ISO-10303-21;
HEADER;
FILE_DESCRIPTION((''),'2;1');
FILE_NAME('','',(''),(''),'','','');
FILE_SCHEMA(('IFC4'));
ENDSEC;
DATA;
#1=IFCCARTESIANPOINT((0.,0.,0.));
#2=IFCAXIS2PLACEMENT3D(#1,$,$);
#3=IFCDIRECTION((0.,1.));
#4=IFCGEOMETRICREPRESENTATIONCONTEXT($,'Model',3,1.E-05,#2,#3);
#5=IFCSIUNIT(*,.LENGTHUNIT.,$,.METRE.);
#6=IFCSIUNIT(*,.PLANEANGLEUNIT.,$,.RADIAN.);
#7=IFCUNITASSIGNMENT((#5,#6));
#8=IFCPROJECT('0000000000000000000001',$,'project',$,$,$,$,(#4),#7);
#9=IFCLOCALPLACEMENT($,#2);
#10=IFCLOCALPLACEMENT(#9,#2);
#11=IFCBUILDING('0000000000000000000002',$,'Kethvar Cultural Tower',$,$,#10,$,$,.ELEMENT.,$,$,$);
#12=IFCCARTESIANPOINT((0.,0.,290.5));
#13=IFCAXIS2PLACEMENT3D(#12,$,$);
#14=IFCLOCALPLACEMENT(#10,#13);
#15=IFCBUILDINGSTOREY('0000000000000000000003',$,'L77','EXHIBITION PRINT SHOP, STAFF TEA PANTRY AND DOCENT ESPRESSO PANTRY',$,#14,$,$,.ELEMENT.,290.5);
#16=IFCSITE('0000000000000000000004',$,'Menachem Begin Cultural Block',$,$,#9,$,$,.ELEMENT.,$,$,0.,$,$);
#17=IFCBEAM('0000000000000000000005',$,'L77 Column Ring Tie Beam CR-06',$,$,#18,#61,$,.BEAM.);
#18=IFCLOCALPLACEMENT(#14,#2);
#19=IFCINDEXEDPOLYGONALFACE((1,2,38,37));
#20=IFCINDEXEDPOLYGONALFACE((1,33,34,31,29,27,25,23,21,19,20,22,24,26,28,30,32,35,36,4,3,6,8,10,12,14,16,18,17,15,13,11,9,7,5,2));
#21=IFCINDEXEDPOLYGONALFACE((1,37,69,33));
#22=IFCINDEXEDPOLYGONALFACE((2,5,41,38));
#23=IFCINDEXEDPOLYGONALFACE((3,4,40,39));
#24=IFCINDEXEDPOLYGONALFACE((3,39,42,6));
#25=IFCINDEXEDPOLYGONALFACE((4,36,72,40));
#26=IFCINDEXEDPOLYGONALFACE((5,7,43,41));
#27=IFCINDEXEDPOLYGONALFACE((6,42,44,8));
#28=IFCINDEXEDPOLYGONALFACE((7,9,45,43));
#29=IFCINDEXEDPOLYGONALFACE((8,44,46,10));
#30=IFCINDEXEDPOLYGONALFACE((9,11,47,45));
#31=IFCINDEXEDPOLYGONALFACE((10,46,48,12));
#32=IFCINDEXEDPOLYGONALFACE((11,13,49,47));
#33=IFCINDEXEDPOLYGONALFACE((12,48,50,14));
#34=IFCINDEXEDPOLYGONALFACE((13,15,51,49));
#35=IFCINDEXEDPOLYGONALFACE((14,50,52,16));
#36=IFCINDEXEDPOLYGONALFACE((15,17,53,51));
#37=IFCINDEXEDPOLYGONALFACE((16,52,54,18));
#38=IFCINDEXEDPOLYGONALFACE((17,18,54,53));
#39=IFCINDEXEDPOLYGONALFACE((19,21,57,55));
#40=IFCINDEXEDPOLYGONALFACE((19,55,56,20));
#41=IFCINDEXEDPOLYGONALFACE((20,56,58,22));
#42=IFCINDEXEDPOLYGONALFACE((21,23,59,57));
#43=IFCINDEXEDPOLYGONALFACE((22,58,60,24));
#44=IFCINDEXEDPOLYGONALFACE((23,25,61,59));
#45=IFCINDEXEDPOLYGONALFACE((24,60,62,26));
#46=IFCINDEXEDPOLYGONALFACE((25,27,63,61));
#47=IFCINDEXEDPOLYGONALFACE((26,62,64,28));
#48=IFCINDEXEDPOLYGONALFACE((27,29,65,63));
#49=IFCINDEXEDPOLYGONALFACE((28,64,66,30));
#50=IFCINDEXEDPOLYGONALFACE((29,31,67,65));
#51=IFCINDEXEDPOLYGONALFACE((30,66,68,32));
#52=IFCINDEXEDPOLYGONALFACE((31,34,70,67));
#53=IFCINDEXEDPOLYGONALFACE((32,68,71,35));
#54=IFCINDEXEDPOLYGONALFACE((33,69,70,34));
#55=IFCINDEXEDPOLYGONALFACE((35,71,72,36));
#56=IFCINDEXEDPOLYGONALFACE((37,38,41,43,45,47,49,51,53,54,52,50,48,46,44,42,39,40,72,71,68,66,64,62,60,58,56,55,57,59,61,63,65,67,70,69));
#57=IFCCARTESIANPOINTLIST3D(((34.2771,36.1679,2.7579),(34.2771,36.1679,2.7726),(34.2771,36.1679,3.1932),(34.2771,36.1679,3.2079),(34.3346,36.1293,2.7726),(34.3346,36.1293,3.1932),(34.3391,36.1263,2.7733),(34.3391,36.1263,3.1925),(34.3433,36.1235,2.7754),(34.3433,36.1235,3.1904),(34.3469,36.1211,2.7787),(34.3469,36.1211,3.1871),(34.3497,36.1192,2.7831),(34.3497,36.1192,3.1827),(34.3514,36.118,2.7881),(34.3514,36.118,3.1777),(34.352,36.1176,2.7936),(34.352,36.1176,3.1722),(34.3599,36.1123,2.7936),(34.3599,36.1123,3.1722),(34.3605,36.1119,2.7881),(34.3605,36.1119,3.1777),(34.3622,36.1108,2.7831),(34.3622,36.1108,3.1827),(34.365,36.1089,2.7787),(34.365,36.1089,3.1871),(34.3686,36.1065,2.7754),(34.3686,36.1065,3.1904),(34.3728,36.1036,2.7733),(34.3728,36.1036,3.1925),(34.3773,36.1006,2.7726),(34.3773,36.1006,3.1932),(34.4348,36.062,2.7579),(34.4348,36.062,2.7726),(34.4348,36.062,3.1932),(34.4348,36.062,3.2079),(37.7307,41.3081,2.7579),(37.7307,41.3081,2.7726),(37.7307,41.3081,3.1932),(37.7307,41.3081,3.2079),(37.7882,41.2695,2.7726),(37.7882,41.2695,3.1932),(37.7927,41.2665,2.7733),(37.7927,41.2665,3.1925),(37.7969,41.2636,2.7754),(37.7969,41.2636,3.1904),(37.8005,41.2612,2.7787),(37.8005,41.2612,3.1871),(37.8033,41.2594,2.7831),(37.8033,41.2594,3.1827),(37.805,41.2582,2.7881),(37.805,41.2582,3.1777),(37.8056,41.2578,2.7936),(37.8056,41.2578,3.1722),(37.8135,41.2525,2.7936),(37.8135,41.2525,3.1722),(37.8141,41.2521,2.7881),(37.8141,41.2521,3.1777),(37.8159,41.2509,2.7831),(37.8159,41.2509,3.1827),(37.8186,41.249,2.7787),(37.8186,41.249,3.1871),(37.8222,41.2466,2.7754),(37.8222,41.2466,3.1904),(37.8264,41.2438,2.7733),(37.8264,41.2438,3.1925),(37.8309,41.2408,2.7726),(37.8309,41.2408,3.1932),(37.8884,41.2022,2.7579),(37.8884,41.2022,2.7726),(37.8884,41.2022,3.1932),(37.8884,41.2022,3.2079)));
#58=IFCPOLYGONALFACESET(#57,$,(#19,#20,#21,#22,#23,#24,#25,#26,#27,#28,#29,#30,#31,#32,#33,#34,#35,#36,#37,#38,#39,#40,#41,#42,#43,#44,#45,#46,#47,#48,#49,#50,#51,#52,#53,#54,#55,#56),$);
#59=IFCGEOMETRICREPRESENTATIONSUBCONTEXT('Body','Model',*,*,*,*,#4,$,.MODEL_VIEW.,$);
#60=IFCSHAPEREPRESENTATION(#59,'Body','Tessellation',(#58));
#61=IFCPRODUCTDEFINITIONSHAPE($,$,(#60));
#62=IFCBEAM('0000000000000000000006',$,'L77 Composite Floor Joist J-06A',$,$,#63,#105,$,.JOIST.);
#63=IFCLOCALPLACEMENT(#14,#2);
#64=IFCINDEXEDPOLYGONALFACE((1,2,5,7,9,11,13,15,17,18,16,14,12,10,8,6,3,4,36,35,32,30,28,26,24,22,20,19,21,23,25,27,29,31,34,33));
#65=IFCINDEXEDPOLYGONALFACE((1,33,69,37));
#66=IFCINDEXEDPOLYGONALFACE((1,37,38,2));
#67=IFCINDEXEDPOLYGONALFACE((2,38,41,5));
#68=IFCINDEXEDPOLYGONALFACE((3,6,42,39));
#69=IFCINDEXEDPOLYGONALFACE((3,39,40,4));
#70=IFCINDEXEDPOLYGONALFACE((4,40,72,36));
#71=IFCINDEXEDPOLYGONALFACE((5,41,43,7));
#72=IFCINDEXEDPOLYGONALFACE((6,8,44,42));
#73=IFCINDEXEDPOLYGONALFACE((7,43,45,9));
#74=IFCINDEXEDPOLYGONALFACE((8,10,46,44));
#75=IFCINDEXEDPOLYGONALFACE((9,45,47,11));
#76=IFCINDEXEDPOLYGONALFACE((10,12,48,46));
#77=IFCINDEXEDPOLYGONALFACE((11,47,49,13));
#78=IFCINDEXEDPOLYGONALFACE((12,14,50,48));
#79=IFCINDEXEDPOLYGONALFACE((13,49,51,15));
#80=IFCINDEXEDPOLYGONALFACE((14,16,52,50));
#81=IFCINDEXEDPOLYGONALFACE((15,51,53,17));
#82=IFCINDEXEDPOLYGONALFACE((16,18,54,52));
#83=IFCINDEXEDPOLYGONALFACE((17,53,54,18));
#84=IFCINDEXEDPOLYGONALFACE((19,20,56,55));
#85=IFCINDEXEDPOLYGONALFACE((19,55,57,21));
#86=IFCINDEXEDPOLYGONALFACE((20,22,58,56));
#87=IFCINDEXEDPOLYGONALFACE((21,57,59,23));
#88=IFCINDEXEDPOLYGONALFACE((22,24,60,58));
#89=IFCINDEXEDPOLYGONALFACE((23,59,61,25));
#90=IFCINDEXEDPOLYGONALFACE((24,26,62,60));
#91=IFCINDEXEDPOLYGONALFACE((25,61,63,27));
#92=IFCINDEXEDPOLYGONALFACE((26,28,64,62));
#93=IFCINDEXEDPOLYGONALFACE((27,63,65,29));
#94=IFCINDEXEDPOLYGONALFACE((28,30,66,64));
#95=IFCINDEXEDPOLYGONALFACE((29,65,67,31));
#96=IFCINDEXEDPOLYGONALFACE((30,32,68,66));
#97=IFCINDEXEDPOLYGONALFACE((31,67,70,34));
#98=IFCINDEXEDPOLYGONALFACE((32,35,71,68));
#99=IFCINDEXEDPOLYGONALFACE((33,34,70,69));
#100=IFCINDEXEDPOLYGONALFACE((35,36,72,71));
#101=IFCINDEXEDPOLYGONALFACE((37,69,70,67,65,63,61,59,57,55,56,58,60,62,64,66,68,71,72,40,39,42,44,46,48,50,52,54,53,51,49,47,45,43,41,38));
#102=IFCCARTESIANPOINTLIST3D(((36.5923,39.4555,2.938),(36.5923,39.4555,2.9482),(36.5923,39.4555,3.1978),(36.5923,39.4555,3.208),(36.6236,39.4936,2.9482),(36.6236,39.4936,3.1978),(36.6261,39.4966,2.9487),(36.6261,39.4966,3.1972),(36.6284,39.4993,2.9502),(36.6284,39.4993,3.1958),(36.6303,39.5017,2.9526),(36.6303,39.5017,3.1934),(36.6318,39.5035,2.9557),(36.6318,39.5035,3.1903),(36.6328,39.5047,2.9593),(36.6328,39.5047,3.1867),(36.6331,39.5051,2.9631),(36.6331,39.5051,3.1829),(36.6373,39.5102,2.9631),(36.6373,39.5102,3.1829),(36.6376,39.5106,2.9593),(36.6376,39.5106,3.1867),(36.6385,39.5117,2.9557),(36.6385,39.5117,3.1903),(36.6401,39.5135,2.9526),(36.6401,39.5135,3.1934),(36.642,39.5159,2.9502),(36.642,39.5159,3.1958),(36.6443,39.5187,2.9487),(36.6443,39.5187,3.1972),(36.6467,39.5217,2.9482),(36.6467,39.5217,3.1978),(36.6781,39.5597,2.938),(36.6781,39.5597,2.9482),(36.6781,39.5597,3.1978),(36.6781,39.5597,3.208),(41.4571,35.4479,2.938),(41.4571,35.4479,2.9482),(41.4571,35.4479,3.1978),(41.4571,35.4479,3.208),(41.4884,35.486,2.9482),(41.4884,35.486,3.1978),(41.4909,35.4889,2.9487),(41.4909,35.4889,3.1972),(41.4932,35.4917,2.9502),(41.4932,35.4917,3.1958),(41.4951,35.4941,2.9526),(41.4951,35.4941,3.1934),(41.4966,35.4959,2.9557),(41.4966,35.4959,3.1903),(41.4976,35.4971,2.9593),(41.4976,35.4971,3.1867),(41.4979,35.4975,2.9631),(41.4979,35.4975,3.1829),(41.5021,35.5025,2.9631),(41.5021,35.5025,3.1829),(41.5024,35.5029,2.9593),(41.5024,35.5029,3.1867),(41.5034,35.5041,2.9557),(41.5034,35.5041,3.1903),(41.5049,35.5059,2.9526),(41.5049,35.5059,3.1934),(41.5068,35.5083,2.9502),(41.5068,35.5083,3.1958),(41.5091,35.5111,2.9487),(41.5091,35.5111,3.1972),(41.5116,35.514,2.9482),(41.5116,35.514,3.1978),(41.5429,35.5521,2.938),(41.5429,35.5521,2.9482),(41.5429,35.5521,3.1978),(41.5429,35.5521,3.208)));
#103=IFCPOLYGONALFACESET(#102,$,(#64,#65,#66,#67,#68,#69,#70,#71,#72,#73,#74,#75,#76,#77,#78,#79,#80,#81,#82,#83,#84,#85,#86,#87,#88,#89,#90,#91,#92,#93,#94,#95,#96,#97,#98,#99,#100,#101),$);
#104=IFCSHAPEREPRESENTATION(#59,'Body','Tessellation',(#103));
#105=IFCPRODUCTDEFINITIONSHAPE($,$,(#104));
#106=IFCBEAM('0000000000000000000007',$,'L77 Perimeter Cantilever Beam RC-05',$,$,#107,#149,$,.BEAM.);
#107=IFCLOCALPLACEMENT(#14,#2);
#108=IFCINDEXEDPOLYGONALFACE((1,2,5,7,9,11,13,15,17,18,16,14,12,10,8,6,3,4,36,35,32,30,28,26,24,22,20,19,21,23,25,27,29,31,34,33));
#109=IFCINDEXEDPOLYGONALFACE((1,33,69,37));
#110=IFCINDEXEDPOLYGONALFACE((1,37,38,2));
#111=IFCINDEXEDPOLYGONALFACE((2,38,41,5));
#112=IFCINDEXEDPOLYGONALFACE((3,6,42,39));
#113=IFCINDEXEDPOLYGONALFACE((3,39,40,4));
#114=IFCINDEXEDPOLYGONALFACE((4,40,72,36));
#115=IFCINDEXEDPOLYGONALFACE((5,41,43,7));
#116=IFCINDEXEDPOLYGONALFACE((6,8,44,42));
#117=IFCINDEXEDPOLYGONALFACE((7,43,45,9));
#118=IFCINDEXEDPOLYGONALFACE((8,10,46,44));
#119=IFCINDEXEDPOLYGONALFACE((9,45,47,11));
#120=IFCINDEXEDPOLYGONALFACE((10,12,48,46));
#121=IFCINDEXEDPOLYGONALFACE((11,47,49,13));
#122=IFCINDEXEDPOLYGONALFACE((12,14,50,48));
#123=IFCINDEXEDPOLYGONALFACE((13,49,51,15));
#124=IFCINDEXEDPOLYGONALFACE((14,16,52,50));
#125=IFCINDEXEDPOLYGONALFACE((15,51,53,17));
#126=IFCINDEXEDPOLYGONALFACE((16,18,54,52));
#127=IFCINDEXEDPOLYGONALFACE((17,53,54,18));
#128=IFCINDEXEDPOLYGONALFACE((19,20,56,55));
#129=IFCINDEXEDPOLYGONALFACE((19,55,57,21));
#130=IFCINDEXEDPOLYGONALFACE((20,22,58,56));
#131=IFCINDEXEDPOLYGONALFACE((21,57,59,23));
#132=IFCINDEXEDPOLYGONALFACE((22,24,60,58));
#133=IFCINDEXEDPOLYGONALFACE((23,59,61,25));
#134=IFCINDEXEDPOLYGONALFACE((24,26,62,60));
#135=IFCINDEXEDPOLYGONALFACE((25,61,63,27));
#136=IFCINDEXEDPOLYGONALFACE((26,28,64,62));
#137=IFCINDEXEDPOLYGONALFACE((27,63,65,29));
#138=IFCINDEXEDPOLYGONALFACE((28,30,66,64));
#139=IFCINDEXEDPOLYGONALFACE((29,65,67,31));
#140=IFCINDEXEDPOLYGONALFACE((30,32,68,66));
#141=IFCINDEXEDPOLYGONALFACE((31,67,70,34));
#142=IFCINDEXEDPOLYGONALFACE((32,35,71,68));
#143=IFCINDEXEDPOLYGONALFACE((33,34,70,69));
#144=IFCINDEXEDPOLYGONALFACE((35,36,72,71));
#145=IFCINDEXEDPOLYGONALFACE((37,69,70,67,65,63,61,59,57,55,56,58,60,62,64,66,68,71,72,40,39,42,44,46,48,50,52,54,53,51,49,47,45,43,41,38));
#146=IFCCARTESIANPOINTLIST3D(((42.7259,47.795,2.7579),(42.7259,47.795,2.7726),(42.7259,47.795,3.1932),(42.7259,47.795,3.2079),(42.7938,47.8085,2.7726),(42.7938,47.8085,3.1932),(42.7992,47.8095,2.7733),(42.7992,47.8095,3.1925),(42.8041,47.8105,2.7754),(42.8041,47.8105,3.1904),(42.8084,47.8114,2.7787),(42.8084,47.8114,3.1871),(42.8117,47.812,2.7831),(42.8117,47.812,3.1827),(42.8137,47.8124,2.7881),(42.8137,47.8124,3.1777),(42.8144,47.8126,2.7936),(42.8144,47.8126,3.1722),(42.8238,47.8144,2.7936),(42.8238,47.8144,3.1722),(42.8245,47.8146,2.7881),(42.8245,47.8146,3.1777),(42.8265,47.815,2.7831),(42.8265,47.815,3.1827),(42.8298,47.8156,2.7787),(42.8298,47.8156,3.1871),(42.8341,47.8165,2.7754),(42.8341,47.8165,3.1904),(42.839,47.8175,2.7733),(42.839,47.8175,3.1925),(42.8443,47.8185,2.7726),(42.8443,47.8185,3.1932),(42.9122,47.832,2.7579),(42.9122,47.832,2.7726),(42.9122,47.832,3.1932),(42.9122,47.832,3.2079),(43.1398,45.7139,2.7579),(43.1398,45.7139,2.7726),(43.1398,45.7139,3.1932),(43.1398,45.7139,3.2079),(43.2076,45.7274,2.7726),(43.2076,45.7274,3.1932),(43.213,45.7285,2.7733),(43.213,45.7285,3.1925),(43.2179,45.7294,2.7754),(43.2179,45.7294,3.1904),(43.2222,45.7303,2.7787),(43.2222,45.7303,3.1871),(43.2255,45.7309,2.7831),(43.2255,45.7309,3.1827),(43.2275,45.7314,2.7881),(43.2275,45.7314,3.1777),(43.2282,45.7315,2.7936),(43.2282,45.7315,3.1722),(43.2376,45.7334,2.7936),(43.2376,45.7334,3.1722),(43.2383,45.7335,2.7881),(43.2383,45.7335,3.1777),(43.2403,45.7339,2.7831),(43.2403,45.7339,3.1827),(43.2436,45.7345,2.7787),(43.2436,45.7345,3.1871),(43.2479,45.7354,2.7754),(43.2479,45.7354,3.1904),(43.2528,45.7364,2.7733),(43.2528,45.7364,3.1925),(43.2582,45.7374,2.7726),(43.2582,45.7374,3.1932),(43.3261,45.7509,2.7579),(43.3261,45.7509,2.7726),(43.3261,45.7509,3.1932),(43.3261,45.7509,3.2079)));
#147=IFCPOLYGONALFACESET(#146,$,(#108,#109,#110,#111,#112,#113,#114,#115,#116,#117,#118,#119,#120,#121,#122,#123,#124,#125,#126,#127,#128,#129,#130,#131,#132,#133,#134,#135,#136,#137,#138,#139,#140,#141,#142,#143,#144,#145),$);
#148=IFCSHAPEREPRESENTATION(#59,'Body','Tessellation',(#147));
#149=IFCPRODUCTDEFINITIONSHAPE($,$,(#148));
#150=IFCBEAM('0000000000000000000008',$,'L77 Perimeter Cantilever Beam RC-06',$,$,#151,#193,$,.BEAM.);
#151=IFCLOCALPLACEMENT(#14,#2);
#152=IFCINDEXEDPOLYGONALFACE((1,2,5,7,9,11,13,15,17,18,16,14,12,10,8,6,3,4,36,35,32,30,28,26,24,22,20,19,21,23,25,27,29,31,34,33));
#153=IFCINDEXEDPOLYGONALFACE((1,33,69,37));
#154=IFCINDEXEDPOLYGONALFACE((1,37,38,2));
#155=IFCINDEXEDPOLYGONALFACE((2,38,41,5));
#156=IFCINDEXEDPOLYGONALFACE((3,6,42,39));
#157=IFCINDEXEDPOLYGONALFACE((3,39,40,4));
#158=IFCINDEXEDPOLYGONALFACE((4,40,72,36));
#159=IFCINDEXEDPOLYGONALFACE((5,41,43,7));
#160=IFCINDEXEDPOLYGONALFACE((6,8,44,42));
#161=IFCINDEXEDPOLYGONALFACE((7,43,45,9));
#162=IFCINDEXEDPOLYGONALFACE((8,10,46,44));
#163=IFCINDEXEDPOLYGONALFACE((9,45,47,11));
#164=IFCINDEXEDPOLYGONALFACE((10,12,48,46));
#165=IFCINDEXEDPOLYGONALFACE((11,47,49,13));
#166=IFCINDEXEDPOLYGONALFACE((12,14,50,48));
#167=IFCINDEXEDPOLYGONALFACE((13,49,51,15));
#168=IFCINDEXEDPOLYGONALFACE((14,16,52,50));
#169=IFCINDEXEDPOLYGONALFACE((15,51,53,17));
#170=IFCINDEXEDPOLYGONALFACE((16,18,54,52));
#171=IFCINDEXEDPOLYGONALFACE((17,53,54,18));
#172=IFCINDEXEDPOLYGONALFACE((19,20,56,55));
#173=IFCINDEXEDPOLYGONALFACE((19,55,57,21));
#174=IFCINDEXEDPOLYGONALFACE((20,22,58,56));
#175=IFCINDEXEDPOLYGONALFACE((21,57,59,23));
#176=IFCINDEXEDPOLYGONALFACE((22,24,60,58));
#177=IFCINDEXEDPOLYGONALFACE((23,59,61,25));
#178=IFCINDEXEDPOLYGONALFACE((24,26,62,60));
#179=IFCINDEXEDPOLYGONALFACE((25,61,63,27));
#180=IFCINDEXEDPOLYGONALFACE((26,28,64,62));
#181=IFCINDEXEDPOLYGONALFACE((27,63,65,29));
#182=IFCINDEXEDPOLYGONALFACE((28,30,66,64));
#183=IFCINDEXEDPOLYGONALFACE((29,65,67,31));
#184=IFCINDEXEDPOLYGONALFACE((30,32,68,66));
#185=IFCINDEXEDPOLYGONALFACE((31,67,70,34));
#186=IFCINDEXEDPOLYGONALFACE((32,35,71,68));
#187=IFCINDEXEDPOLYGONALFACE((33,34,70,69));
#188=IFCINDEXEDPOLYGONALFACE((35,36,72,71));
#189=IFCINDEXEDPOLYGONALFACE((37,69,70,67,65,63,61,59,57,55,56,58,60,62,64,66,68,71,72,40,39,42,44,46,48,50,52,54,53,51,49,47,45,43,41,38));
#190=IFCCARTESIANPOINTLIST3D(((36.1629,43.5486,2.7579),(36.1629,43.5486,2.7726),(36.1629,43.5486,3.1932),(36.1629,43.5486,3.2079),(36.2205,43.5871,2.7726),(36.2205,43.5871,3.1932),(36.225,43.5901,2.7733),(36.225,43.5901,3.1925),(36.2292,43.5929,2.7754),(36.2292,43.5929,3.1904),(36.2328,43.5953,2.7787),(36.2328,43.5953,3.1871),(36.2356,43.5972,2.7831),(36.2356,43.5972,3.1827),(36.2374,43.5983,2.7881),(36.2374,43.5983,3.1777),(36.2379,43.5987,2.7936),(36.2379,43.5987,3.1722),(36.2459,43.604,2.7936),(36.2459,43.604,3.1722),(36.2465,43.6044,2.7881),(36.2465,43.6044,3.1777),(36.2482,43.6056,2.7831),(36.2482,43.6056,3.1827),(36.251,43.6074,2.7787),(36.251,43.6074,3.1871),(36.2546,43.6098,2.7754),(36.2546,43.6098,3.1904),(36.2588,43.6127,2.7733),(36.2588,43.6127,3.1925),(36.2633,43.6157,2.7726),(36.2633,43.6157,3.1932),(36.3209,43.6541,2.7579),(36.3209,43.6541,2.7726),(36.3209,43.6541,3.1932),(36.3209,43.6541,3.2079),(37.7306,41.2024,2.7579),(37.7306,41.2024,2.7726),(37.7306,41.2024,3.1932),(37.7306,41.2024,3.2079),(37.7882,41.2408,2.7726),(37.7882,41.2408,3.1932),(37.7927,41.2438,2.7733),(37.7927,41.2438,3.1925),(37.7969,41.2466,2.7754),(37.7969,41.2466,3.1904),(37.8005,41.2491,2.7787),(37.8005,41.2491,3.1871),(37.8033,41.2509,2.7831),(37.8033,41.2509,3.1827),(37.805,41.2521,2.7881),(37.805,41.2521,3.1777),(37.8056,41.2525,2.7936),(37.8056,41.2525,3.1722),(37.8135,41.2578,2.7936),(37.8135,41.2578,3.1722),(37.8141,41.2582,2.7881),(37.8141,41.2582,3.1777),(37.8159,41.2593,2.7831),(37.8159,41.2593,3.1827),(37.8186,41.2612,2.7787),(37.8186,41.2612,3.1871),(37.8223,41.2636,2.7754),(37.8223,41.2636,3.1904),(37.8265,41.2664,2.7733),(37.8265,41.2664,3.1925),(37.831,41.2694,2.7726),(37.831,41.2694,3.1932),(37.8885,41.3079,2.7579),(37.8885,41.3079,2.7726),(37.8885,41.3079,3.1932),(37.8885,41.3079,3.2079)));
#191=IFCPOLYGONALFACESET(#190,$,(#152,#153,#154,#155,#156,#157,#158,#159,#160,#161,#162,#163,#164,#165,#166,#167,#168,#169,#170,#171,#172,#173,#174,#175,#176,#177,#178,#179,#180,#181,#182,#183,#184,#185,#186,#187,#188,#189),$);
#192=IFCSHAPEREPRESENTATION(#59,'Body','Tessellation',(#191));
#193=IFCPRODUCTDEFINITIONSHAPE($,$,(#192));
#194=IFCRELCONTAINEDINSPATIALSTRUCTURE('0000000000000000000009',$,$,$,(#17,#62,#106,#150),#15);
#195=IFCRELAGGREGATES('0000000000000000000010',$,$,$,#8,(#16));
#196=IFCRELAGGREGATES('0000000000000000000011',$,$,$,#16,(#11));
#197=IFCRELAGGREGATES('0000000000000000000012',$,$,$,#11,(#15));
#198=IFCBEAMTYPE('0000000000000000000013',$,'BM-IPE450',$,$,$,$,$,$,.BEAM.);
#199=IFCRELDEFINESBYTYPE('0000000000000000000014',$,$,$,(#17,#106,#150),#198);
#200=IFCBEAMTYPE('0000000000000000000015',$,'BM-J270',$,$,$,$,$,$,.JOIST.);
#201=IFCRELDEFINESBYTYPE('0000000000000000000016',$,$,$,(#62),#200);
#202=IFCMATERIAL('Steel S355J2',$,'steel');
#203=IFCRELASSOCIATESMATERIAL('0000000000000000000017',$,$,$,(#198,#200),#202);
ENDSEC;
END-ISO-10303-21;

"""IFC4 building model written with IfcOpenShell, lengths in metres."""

from ifc_helpers import new_model, si_unit, direction, frame, origin, origin_2d, place, context, subcontext, project, spatial, i_section, extrude, source, transform, mapped, material, material_profile, profile_set, type_object, element, save


model = new_model("IFC4")

# Units and contexts
model_context = context("Model", 3, precision=1e-05, world=origin(), true_north=direction((0.0, 1.0)))
body_context = subcontext(model_context, "Body", "Model", "MODEL_VIEW")
ifc_project = project(units=[si_unit("LENGTHUNIT", "METRE"), si_unit("PLANEANGLEUNIT", "RADIAN")], contexts=[model_context])

# Site, building, storey
site_placement = place(None, origin())
site = spatial("IfcSite", under=ifc_project, at=site_placement, Name="Menachem Begin Cultural Block", CompositionType="ELEMENT", RefElevation=0.0)
building_placement = place(site_placement, origin())
building = spatial("IfcBuilding", under=site, at=building_placement, Name="Kethvar Cultural Tower", CompositionType="ELEMENT")
storey_placement = place(building_placement, frame((0.0, 0.0, 290.5)))
storey = spatial("IfcBuildingStorey", under=building, at=storey_placement, Name="L77", Description="EXHIBITION PRINT SHOP, STAFF TEA PANTRY AND DOCENT ESPRESSO PANTRY", CompositionType="ELEMENT", Elevation=290.5)

# Shared definitions
ifc_material_1 = material(Name="Steel S355J2", Category="steel")

# Beams
ifc_material_profile_1 = material_profile(ifc_material_1, i_section(OverallWidth=0.1899, OverallDepth=0.45, WebThickness=0.0095, FlangeThickness=0.0146, FilletRadius=0.021, at=origin_2d()), Name="Steel S355J2 — IPE450")
ifc_profile_set_1 = profile_set([ifc_material_profile_1], Name="Steel S355J2 — IPE450")
beam_type_1 = type_object("IfcBeamType", Name="BM-IPE450", PredefinedType="BEAM", material=ifc_profile_set_1)
ifc_material_profile_2 = material_profile(ifc_material_1, i_section(OverallWidth=0.135, OverallDepth=0.27, WebThickness=0.0066, FlangeThickness=0.0103, FilletRadius=0.0149, at=origin_2d()), Name="Steel S355J2 — IPE270")
ifc_profile_set_2 = profile_set([ifc_material_profile_2], Name="Steel S355J2 — IPE270")
beam_type_2 = type_object("IfcBeamType", Name="BM-J270", PredefinedType="JOIST", material=ifc_profile_set_2)
shared_shape_1 = source(origin(), body_context, "Body", "SweptSolid", [
    extrude(i_section(OverallWidth=0.1899, OverallDepth=0.45, WebThickness=0.0095, FlangeThickness=0.0146, FilletRadius=0.021, at=origin_2d()), origin(), (0.0, 0.0, 1.0), 6.1926),
])
beam_1_placement = place(storey_placement, frame((37.8096, 41.2551, 2.9829), z_axis=(-0.557699, -0.830043, 0.0), x_axis=(0.830043, -0.557699, 0.0)))
element("IfcBeam", 1, at=beam_1_placement, inside=storey, type_object=beam_type_1, Name="L77 Column Ring Tie Beam CR-06", PredefinedType="BEAM", context=body_context, shape_type="MappedRepresentation", body=[
    mapped(shared_shape_1, transform((0.0, 0.0, 0.0), scale=1.0)),
])
shared_shape_2 = source(origin(), body_context, "Body", "SweptSolid", [
    extrude(i_section(OverallWidth=0.135, OverallDepth=0.27, WebThickness=0.0066, FlangeThickness=0.0103, FilletRadius=0.0149, at=origin_2d()), origin(), (0.0, 0.0, 1.0), 6.303),
])
beam_2_placement = place(storey_placement, frame((41.5, 35.5, 3.073), z_axis=(-0.771828, 0.635831, 0.0), x_axis=(-0.635831, -0.771828, 0.0)))
element("IfcBeam", 2, at=beam_2_placement, inside=storey, type_object=beam_type_2, Name="L77 Composite Floor Joist J-06A", PredefinedType="JOIST", context=body_context, shape_type="MappedRepresentation", body=[
    mapped(shared_shape_2, transform((0.0, 0.0, 0.0), scale=1.0)),
])
shared_shape_3 = source(origin(), body_context, "Body", "SweptSolid", [
    extrude(i_section(OverallWidth=0.1899, OverallDepth=0.45, WebThickness=0.0095, FlangeThickness=0.0146, FilletRadius=0.021, at=origin_2d()), origin(), (0.0, 0.0, 1.0), 2.1218),
])
beam_3_placement = place(storey_placement, frame((43.2329, 45.7324, 2.9829), z_axis=(-0.195032, 0.980797, 0.0), x_axis=(-0.980797, -0.195032, 0.0)))
element("IfcBeam", 3, at=beam_3_placement, inside=storey, type_object=beam_type_1, Name="L77 Perimeter Cantilever Beam RC-05", PredefinedType="BEAM", context=body_context, shape_type="MappedRepresentation", body=[
    mapped(shared_shape_3, transform((0.0, 0.0, 0.0), scale=1.0)),
])
shared_shape_4 = source(origin(), body_context, "Body", "SweptSolid", [
    extrude(i_section(OverallWidth=0.1899, OverallDepth=0.45, WebThickness=0.0095, FlangeThickness=0.0146, FilletRadius=0.021, at=origin_2d()), origin(), (0.0, 0.0, 1.0), 2.8218),
])
beam_4_placement = place(storey_placement, frame((37.8096, 41.2551, 2.9829), z_axis=(-0.555558, 0.831477, 0.0), x_axis=(-0.831477, -0.555558, 0.0)))
element("IfcBeam", 4, at=beam_4_placement, inside=storey, type_object=beam_type_1, Name="L77 Perimeter Cantilever Beam RC-06", PredefinedType="BEAM", context=body_context, shape_type="MappedRepresentation", body=[
    mapped(shared_shape_4, transform((0.0, 0.0, 0.0), scale=1.0)),
])

save(model, "model.ifc")
